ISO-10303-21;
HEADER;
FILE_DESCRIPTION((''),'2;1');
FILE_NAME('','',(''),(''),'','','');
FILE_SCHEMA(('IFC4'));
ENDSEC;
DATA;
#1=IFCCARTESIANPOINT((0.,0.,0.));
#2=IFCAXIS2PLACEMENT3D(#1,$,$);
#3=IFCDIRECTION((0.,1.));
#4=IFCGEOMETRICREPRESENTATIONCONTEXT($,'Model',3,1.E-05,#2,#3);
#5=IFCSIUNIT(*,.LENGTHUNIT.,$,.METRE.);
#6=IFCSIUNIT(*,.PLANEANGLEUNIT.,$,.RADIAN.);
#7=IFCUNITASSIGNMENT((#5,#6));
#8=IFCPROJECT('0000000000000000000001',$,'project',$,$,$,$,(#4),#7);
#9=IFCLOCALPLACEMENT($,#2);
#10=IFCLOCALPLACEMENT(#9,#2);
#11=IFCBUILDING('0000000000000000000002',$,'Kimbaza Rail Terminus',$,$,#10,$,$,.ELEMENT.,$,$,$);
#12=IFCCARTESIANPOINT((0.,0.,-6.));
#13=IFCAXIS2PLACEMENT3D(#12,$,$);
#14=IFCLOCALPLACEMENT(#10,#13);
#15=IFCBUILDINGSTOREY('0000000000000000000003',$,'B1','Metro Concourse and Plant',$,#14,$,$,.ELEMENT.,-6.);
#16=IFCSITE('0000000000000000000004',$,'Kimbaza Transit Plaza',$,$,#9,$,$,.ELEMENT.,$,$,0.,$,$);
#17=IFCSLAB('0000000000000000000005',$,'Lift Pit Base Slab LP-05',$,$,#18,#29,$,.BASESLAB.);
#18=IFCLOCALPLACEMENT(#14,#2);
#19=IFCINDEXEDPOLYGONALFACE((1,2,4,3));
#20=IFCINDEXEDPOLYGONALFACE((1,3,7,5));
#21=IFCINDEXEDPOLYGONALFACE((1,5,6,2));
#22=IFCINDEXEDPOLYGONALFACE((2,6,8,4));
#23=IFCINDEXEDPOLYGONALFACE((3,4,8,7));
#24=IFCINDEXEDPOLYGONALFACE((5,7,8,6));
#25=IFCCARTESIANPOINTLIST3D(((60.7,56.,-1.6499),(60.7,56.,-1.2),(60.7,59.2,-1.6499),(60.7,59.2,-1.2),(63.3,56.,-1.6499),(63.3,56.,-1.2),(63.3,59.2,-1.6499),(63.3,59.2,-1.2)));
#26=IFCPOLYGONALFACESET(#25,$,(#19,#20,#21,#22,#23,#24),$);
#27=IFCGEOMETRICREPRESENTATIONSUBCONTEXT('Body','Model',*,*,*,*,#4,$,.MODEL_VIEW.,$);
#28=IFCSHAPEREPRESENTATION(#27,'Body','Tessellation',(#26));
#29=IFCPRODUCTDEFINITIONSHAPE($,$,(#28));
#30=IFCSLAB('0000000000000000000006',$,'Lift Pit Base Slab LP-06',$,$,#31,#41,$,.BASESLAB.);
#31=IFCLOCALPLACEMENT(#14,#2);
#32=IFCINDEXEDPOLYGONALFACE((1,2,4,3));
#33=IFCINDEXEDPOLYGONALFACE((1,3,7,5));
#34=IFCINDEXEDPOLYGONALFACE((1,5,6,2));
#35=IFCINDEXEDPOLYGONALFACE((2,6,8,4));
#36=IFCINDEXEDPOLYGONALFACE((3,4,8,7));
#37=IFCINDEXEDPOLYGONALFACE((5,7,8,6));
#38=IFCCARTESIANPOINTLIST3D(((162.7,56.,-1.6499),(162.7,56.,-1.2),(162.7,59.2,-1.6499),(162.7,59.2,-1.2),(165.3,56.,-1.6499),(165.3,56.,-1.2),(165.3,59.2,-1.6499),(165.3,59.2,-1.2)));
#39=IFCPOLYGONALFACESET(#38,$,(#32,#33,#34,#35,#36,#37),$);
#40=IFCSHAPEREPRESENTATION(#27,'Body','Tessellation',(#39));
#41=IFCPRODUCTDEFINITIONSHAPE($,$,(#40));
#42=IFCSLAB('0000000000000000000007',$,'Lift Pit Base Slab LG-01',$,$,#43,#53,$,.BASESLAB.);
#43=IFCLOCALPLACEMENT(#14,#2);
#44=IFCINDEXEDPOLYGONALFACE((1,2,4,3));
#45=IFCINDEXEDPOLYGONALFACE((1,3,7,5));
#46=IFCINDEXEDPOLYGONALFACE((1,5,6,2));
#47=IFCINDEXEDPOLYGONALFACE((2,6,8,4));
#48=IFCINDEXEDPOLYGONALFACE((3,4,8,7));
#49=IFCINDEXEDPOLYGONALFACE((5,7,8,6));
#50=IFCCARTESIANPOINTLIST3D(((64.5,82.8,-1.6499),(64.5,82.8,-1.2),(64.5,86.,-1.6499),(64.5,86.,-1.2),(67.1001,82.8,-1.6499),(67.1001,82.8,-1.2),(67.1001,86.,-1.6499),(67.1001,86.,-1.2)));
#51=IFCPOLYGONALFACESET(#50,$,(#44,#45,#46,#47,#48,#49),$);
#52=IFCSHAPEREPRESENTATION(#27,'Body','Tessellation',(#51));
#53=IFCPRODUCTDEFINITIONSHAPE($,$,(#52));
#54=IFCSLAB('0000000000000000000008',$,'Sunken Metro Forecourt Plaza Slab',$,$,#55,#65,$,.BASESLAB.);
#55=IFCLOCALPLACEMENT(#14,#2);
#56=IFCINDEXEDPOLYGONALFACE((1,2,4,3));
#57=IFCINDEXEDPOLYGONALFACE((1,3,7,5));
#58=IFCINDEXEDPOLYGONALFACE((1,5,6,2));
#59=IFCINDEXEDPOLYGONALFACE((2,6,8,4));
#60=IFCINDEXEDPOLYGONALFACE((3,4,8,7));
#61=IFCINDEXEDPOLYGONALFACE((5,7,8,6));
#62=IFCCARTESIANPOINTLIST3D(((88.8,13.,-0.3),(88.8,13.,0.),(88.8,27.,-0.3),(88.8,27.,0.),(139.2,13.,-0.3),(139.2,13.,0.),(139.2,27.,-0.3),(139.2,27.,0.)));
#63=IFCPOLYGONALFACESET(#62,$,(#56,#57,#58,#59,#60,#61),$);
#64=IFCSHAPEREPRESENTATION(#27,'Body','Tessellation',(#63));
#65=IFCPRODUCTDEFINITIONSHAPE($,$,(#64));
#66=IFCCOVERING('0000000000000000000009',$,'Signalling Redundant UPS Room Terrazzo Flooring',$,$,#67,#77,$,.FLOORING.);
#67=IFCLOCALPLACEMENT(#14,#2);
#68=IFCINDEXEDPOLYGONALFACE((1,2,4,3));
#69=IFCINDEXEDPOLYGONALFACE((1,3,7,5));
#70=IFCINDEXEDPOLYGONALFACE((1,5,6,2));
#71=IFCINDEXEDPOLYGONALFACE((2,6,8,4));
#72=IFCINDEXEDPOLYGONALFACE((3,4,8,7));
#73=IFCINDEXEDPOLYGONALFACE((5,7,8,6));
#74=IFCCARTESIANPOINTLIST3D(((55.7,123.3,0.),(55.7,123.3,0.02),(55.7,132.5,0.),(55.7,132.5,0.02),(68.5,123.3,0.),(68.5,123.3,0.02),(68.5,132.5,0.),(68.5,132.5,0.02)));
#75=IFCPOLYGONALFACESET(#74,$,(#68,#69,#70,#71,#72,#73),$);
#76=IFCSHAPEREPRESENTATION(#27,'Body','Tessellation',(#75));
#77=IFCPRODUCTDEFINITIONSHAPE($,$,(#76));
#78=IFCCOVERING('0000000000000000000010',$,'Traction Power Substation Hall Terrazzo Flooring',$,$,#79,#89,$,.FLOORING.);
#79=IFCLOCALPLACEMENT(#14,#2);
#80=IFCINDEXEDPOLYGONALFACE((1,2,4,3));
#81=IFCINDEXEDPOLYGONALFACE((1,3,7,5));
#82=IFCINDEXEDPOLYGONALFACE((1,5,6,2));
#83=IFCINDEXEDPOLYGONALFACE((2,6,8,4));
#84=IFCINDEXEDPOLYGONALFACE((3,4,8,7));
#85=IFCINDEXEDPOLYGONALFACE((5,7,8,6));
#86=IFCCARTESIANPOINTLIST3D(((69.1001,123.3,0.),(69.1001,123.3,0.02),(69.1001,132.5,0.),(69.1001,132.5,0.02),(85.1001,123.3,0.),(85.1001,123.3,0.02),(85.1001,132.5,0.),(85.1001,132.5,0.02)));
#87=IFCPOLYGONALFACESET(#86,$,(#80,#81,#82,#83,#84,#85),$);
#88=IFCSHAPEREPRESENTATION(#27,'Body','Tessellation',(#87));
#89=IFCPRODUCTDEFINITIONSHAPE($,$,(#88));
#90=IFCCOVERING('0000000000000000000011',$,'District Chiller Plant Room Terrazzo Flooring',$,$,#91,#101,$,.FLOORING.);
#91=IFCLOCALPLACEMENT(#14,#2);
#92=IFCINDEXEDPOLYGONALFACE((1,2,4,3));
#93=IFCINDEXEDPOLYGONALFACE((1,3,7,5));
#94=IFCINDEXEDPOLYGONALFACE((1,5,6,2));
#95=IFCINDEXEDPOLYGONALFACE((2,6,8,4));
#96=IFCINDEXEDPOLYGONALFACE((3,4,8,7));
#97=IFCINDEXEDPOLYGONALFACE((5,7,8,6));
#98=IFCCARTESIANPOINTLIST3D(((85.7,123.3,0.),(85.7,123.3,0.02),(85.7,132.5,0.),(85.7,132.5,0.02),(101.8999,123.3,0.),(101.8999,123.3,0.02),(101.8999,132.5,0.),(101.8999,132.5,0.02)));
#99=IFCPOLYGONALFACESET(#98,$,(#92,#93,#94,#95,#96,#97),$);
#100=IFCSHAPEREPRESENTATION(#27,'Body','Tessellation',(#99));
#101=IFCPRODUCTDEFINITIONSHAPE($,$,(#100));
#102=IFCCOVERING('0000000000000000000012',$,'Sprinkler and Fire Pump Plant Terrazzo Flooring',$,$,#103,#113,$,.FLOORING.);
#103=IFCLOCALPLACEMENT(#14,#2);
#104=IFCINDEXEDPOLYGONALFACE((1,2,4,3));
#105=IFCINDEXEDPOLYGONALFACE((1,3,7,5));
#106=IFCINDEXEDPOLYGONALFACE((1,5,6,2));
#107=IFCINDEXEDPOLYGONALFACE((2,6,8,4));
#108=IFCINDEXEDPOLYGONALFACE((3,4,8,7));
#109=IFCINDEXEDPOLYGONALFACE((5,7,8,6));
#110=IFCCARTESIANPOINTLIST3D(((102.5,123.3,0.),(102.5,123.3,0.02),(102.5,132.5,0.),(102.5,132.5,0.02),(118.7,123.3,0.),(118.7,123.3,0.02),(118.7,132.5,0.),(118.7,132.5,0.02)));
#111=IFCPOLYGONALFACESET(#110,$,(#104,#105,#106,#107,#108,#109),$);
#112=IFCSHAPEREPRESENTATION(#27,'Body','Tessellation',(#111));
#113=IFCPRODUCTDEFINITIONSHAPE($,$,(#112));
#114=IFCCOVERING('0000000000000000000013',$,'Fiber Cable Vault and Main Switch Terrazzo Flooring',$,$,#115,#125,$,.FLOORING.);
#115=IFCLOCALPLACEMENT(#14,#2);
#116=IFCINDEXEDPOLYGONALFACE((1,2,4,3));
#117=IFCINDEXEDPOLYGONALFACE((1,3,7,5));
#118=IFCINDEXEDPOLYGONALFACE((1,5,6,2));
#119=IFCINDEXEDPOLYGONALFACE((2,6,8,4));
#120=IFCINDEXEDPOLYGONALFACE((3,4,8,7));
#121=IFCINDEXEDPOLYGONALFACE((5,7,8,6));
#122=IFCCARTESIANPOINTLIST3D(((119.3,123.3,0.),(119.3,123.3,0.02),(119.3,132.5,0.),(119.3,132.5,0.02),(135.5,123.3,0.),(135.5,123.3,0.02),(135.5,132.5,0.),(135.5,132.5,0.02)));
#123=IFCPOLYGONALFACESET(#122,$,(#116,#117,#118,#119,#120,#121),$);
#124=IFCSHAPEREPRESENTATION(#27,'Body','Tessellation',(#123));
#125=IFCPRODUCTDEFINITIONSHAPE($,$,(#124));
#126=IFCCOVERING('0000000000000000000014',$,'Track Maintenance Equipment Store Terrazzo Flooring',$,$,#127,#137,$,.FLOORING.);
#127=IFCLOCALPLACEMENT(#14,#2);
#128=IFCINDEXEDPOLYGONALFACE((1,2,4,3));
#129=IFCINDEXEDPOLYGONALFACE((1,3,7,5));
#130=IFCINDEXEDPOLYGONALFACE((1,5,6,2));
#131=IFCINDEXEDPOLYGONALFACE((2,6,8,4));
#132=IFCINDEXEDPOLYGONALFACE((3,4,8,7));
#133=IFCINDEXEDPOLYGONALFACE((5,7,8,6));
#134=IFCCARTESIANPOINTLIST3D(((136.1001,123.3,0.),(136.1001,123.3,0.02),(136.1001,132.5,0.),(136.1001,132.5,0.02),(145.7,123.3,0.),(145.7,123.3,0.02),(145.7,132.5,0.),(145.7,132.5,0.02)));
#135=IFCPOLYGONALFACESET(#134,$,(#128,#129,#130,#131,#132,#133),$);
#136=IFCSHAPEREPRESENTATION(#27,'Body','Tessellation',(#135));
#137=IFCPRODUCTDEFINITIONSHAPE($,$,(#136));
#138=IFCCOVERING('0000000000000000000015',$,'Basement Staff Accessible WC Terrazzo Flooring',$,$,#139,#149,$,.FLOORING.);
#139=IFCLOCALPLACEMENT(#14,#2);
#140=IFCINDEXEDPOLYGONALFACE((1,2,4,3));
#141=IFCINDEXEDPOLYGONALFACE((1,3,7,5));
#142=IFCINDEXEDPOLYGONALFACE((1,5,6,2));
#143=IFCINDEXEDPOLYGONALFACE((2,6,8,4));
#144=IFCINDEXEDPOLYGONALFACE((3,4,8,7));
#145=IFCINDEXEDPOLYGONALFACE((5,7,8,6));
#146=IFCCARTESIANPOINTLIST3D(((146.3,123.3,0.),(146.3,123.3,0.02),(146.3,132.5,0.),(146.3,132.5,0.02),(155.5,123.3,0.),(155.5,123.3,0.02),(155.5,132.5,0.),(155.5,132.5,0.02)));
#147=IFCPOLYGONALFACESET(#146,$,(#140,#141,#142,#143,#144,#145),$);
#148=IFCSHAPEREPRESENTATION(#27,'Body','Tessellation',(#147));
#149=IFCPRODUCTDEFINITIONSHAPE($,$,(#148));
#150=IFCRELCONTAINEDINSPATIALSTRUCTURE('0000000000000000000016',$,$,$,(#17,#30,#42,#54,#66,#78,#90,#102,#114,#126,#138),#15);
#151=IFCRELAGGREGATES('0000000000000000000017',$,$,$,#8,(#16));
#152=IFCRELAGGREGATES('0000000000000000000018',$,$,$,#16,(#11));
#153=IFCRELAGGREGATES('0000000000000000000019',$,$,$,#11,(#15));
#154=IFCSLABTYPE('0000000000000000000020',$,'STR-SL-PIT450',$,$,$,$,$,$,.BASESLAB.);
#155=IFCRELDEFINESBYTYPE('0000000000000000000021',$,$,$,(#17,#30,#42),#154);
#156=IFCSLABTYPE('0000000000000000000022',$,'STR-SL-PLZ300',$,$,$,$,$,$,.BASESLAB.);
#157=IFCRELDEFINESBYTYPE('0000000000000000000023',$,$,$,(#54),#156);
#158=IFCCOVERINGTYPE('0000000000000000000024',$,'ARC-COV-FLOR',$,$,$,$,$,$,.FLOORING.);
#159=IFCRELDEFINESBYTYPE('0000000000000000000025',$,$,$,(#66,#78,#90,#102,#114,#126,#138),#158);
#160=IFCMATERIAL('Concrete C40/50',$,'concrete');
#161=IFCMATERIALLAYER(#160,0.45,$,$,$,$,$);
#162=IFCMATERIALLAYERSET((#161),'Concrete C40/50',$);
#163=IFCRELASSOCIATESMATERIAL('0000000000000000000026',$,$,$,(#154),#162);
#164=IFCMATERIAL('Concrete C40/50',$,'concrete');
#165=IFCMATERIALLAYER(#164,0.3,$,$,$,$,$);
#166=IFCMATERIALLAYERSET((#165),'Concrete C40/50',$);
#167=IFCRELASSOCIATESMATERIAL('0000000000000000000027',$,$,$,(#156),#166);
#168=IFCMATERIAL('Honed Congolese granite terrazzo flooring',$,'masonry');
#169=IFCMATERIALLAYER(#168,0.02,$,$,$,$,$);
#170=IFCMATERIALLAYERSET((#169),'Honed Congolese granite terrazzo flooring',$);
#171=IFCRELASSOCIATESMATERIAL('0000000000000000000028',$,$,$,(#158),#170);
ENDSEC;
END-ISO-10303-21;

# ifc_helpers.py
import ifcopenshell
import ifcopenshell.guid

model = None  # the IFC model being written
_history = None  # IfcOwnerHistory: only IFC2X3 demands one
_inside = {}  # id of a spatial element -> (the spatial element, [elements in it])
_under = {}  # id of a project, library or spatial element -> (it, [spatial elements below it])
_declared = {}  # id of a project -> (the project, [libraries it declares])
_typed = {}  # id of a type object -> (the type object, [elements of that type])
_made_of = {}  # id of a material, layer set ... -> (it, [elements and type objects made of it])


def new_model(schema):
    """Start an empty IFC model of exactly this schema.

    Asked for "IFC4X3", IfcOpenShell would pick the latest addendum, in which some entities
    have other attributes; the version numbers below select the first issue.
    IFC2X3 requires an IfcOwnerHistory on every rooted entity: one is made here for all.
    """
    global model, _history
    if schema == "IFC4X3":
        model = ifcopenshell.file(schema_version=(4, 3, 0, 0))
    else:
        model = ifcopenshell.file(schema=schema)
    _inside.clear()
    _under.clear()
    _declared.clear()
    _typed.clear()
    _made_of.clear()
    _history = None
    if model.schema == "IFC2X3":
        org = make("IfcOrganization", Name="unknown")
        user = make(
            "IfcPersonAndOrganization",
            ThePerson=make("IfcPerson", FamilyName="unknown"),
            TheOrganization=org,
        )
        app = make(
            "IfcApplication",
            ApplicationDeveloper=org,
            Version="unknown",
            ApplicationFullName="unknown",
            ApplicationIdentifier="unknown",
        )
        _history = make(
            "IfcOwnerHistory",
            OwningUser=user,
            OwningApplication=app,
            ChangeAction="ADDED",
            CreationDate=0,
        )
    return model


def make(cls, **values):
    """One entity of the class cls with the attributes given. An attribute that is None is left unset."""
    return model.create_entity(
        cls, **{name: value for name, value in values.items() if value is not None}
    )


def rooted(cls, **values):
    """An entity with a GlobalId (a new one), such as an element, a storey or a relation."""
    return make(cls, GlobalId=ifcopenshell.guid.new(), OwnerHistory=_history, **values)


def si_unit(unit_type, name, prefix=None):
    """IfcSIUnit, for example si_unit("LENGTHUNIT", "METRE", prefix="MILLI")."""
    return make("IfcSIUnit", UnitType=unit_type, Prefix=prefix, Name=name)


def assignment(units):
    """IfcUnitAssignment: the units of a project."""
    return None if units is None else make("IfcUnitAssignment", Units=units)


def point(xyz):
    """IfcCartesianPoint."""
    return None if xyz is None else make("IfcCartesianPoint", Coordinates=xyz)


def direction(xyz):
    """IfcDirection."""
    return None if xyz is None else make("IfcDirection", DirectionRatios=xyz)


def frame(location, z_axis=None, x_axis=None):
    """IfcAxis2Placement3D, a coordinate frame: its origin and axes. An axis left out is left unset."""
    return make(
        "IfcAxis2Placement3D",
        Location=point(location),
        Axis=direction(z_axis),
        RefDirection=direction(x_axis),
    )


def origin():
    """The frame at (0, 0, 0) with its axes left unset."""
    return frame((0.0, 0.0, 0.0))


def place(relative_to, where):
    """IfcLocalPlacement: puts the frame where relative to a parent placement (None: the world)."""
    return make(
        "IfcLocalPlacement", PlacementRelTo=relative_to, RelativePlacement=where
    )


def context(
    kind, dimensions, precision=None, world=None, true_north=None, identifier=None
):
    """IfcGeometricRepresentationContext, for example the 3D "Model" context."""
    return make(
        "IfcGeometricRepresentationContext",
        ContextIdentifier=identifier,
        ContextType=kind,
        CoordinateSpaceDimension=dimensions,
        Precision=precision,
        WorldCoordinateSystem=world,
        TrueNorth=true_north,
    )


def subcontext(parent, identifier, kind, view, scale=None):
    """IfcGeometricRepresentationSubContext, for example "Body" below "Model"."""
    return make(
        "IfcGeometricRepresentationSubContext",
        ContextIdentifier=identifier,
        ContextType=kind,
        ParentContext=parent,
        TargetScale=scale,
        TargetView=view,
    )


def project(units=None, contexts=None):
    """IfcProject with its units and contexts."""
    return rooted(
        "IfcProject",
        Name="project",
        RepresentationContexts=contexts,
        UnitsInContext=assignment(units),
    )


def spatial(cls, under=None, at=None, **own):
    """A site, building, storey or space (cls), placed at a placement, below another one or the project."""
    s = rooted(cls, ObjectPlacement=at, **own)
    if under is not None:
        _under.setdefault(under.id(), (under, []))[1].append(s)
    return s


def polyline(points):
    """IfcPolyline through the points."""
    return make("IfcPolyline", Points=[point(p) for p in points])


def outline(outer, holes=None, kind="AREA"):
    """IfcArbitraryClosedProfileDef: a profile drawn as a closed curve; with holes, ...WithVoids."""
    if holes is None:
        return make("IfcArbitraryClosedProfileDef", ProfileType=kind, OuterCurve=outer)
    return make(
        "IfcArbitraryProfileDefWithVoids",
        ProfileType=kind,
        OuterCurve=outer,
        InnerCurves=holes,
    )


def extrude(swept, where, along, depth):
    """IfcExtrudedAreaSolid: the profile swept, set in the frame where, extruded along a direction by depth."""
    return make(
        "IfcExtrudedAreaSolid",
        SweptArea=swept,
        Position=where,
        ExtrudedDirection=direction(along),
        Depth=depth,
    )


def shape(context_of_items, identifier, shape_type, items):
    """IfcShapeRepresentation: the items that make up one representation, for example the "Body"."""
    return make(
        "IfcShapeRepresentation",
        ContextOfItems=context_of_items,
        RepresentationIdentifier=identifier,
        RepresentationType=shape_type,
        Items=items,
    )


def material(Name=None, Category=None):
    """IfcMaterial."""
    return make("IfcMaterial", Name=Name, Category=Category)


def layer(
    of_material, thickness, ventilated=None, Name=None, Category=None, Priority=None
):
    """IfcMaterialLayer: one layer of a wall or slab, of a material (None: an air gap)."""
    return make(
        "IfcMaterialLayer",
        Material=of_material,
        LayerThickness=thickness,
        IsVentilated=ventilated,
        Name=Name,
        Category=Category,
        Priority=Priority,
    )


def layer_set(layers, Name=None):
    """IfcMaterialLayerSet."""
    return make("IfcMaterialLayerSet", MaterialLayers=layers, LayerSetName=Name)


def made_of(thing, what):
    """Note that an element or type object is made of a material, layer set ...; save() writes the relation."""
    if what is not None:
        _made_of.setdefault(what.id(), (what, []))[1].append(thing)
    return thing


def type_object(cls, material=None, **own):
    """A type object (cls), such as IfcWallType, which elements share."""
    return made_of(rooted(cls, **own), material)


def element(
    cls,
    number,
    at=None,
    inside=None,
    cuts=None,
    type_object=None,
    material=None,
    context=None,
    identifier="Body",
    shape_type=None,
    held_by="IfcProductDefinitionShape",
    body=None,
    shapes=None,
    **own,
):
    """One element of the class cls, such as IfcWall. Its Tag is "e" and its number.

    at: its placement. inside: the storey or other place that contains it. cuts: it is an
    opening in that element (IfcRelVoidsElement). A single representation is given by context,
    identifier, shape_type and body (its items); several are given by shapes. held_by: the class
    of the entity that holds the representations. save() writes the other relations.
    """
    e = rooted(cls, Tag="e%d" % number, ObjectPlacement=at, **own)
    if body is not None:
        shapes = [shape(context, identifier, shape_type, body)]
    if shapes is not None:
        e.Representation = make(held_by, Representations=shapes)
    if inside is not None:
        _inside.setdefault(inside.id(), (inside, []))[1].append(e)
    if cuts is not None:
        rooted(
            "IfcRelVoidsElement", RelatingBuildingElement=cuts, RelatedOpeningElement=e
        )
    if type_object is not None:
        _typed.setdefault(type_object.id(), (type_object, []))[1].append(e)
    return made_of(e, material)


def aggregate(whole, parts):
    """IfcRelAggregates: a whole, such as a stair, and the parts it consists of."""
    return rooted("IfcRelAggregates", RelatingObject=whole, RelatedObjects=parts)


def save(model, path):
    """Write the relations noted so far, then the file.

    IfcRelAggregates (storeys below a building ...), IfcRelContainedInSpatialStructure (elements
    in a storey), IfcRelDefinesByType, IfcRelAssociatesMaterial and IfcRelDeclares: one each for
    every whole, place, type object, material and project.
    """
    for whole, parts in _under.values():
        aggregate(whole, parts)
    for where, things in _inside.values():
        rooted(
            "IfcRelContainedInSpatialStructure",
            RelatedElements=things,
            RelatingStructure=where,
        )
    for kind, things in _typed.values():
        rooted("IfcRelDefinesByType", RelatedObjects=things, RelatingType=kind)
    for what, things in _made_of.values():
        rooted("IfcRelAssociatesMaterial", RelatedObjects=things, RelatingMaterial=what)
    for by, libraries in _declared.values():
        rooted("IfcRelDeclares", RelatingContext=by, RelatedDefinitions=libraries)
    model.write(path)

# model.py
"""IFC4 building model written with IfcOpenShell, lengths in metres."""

from ifc_helpers import new_model, si_unit, direction, frame, origin, place, context, subcontext, project, spatial, polyline, outline, extrude, material, layer, layer_set, type_object, element, save


model = new_model("IFC4")

# Units and contexts
model_context = context("Model", 3, precision=1e-05, world=origin(), true_north=direction((0.0, 1.0)))
body_context = subcontext(model_context, "Body", "Model", "MODEL_VIEW")
ifc_project = project(units=[si_unit("LENGTHUNIT", "METRE"), si_unit("PLANEANGLEUNIT", "RADIAN")], contexts=[model_context])

# Site, building, storey
site_placement = place(None, origin())
site = spatial("IfcSite", under=ifc_project, at=site_placement, Name="Kimbaza Transit Plaza", CompositionType="ELEMENT", RefElevation=0.0)
building_placement = place(site_placement, origin())
building = spatial("IfcBuilding", under=site, at=building_placement, Name="Kimbaza Rail Terminus", CompositionType="ELEMENT")
storey_placement = place(building_placement, frame((0.0, 0.0, -6.0)))
storey = spatial("IfcBuildingStorey", under=building, at=storey_placement, Name="B1", Description="Metro Concourse and Plant", CompositionType="ELEMENT", Elevation=-6.0)

# Slabs
ifc_material_1 = material(Name="Concrete C40/50", Category="concrete")
ifc_layer_1 = layer(ifc_material_1, 0.45)
ifc_layer_set_1 = layer_set([ifc_layer_1], Name="Concrete C40/50")
slab_type_1 = type_object("IfcSlabType", Name="STR-SL-PIT450", PredefinedType="BASESLAB", material=ifc_layer_set_1)
slab_1_placement = place(storey_placement, frame((0.0, 0.0, -1.6499)))
element("IfcSlab", 1, at=slab_1_placement, inside=storey, type_object=slab_type_1, Name="Lift Pit Base Slab LP-05", PredefinedType="BASESLAB", context=body_context, shape_type="SweptSolid", body=[
    extrude(outline(polyline([(60.7, 56.0), (63.3, 56.0), (63.3, 59.2), (60.7, 59.2), (60.7, 56.0)])), origin(), (0.0, 0.0, 1.0), 0.45),
])
slab_2_placement = place(storey_placement, frame((0.0, 0.0, -1.6499)))
element("IfcSlab", 2, at=slab_2_placement, inside=storey, type_object=slab_type_1, Name="Lift Pit Base Slab LP-06", PredefinedType="BASESLAB", context=body_context, shape_type="SweptSolid", body=[
    extrude(outline(polyline([(162.7, 56.0), (165.3, 56.0), (165.3, 59.2), (162.7, 59.2), (162.7, 56.0)])), origin(), (0.0, 0.0, 1.0), 0.45),
])
slab_3_placement = place(storey_placement, frame((0.0, 0.0, -1.6499)))
element("IfcSlab", 3, at=slab_3_placement, inside=storey, type_object=slab_type_1, Name="Lift Pit Base Slab LG-01", PredefinedType="BASESLAB", context=body_context, shape_type="SweptSolid", body=[
    extrude(outline(polyline([(64.5, 82.8), (67.1001, 82.8), (67.1001, 86.0), (64.5, 86.0), (64.5, 82.8)])), origin(), (0.0, 0.0, 1.0), 0.45),
])
ifc_material_2 = material(Name="Concrete C40/50", Category="concrete")
ifc_layer_2 = layer(ifc_material_2, 0.3)
ifc_layer_set_2 = layer_set([ifc_layer_2], Name="Concrete C40/50")
slab_type_2 = type_object("IfcSlabType", Name="STR-SL-PLZ300", PredefinedType="BASESLAB", material=ifc_layer_set_2)
slab_4_placement = place(storey_placement, frame((0.0, 0.0, -0.3)))
element("IfcSlab", 4, at=slab_4_placement, inside=storey, type_object=slab_type_2, Name="Sunken Metro Forecourt Plaza Slab", PredefinedType="BASESLAB", context=body_context, shape_type="SweptSolid", body=[
    extrude(outline(polyline([(88.8, 13.0), (139.2, 13.0), (139.2, 27.0), (88.8, 27.0), (88.8, 13.0)])), origin(), (0.0, 0.0, 1.0), 0.3),
])

# Coverings
ifc_material_3 = material(Name="Honed Congolese granite terrazzo flooring", Category="masonry")
ifc_layer_3 = layer(ifc_material_3, 0.02)
ifc_layer_set_3 = layer_set([ifc_layer_3], Name="Honed Congolese granite terrazzo flooring")
covering_type = type_object("IfcCoveringType", Name="ARC-COV-FLOR", PredefinedType="FLOORING", material=ifc_layer_set_3)
covering_1_placement = place(storey_placement, origin())
element("IfcCovering", 5, at=covering_1_placement, inside=storey, type_object=covering_type, Name="Signalling Redundant UPS Room Terrazzo Flooring", PredefinedType="FLOORING", context=body_context, shape_type="SweptSolid", body=[
    extrude(outline(polyline([(55.7, 123.3), (68.5, 123.3), (68.5, 132.5), (55.7, 132.5), (55.7, 123.3)])), origin(), (0.0, 0.0, 1.0), 0.02),
])
covering_2_placement = place(storey_placement, origin())
element("IfcCovering", 6, at=covering_2_placement, inside=storey, type_object=covering_type, Name="Traction Power Substation Hall Terrazzo Flooring", PredefinedType="FLOORING", context=body_context, shape_type="SweptSolid", body=[
    extrude(outline(polyline([(69.1001, 123.3), (85.1001, 123.3), (85.1001, 132.5), (69.1001, 132.5), (69.1001, 123.3)])), origin(), (0.0, 0.0, 1.0), 0.02),
])
covering_3_placement = place(storey_placement, origin())
element("IfcCovering", 7, at=covering_3_placement, inside=storey, type_object=covering_type, Name="District Chiller Plant Room Terrazzo Flooring", PredefinedType="FLOORING", context=body_context, shape_type="SweptSolid", body=[
    extrude(outline(polyline([(85.7, 123.3), (101.8999, 123.3), (101.8999, 132.5), (85.7, 132.5), (85.7, 123.3)])), origin(), (0.0, 0.0, 1.0), 0.02),
])
covering_4_placement = place(storey_placement, origin())
element("IfcCovering", 8, at=covering_4_placement, inside=storey, type_object=covering_type, Name="Sprinkler and Fire Pump Plant Terrazzo Flooring", PredefinedType="FLOORING", context=body_context, shape_type="SweptSolid", body=[
    extrude(outline(polyline([(102.5, 123.3), (118.7, 123.3), (118.7, 132.5), (102.5, 132.5), (102.5, 123.3)])), origin(), (0.0, 0.0, 1.0), 0.02),
])
covering_5_placement = place(storey_placement, origin())
element("IfcCovering", 9, at=covering_5_placement, inside=storey, type_object=covering_type, Name="Fiber Cable Vault and Main Switch Terrazzo Flooring", PredefinedType="FLOORING", context=body_context, shape_type="SweptSolid", body=[
    extrude(outline(polyline([(119.3, 123.3), (135.5, 123.3), (135.5, 132.5), (119.3, 132.5), (119.3, 123.3)])), origin(), (0.0, 0.0, 1.0), 0.02),
])
covering_6_placement = place(storey_placement, origin())
element("IfcCovering", 10, at=covering_6_placement, inside=storey, type_object=covering_type, Name="Track Maintenance Equipment Store Terrazzo Flooring", PredefinedType="FLOORING", context=body_context, shape_type="SweptSolid", body=[
    extrude(outline(polyline([(136.1001, 123.3), (145.7, 123.3), (145.7, 132.5), (136.1001, 132.5), (136.1001, 123.3)])), origin(), (0.0, 0.0, 1.0), 0.02),
])
covering_7_placement = place(storey_placement, origin())
element("IfcCovering", 11, at=covering_7_placement, inside=storey, type_object=covering_type, Name="Basement Staff Accessible WC Terrazzo Flooring", PredefinedType="FLOORING", context=body_context, shape_type="SweptSolid", body=[
    extrude(outline(polyline([(146.3, 123.3), (155.5, 123.3), (155.5, 132.5), (146.3, 132.5), (146.3, 123.3)])), origin(), (0.0, 0.0, 1.0), 0.02),
])

save(model, "model.ifc")
